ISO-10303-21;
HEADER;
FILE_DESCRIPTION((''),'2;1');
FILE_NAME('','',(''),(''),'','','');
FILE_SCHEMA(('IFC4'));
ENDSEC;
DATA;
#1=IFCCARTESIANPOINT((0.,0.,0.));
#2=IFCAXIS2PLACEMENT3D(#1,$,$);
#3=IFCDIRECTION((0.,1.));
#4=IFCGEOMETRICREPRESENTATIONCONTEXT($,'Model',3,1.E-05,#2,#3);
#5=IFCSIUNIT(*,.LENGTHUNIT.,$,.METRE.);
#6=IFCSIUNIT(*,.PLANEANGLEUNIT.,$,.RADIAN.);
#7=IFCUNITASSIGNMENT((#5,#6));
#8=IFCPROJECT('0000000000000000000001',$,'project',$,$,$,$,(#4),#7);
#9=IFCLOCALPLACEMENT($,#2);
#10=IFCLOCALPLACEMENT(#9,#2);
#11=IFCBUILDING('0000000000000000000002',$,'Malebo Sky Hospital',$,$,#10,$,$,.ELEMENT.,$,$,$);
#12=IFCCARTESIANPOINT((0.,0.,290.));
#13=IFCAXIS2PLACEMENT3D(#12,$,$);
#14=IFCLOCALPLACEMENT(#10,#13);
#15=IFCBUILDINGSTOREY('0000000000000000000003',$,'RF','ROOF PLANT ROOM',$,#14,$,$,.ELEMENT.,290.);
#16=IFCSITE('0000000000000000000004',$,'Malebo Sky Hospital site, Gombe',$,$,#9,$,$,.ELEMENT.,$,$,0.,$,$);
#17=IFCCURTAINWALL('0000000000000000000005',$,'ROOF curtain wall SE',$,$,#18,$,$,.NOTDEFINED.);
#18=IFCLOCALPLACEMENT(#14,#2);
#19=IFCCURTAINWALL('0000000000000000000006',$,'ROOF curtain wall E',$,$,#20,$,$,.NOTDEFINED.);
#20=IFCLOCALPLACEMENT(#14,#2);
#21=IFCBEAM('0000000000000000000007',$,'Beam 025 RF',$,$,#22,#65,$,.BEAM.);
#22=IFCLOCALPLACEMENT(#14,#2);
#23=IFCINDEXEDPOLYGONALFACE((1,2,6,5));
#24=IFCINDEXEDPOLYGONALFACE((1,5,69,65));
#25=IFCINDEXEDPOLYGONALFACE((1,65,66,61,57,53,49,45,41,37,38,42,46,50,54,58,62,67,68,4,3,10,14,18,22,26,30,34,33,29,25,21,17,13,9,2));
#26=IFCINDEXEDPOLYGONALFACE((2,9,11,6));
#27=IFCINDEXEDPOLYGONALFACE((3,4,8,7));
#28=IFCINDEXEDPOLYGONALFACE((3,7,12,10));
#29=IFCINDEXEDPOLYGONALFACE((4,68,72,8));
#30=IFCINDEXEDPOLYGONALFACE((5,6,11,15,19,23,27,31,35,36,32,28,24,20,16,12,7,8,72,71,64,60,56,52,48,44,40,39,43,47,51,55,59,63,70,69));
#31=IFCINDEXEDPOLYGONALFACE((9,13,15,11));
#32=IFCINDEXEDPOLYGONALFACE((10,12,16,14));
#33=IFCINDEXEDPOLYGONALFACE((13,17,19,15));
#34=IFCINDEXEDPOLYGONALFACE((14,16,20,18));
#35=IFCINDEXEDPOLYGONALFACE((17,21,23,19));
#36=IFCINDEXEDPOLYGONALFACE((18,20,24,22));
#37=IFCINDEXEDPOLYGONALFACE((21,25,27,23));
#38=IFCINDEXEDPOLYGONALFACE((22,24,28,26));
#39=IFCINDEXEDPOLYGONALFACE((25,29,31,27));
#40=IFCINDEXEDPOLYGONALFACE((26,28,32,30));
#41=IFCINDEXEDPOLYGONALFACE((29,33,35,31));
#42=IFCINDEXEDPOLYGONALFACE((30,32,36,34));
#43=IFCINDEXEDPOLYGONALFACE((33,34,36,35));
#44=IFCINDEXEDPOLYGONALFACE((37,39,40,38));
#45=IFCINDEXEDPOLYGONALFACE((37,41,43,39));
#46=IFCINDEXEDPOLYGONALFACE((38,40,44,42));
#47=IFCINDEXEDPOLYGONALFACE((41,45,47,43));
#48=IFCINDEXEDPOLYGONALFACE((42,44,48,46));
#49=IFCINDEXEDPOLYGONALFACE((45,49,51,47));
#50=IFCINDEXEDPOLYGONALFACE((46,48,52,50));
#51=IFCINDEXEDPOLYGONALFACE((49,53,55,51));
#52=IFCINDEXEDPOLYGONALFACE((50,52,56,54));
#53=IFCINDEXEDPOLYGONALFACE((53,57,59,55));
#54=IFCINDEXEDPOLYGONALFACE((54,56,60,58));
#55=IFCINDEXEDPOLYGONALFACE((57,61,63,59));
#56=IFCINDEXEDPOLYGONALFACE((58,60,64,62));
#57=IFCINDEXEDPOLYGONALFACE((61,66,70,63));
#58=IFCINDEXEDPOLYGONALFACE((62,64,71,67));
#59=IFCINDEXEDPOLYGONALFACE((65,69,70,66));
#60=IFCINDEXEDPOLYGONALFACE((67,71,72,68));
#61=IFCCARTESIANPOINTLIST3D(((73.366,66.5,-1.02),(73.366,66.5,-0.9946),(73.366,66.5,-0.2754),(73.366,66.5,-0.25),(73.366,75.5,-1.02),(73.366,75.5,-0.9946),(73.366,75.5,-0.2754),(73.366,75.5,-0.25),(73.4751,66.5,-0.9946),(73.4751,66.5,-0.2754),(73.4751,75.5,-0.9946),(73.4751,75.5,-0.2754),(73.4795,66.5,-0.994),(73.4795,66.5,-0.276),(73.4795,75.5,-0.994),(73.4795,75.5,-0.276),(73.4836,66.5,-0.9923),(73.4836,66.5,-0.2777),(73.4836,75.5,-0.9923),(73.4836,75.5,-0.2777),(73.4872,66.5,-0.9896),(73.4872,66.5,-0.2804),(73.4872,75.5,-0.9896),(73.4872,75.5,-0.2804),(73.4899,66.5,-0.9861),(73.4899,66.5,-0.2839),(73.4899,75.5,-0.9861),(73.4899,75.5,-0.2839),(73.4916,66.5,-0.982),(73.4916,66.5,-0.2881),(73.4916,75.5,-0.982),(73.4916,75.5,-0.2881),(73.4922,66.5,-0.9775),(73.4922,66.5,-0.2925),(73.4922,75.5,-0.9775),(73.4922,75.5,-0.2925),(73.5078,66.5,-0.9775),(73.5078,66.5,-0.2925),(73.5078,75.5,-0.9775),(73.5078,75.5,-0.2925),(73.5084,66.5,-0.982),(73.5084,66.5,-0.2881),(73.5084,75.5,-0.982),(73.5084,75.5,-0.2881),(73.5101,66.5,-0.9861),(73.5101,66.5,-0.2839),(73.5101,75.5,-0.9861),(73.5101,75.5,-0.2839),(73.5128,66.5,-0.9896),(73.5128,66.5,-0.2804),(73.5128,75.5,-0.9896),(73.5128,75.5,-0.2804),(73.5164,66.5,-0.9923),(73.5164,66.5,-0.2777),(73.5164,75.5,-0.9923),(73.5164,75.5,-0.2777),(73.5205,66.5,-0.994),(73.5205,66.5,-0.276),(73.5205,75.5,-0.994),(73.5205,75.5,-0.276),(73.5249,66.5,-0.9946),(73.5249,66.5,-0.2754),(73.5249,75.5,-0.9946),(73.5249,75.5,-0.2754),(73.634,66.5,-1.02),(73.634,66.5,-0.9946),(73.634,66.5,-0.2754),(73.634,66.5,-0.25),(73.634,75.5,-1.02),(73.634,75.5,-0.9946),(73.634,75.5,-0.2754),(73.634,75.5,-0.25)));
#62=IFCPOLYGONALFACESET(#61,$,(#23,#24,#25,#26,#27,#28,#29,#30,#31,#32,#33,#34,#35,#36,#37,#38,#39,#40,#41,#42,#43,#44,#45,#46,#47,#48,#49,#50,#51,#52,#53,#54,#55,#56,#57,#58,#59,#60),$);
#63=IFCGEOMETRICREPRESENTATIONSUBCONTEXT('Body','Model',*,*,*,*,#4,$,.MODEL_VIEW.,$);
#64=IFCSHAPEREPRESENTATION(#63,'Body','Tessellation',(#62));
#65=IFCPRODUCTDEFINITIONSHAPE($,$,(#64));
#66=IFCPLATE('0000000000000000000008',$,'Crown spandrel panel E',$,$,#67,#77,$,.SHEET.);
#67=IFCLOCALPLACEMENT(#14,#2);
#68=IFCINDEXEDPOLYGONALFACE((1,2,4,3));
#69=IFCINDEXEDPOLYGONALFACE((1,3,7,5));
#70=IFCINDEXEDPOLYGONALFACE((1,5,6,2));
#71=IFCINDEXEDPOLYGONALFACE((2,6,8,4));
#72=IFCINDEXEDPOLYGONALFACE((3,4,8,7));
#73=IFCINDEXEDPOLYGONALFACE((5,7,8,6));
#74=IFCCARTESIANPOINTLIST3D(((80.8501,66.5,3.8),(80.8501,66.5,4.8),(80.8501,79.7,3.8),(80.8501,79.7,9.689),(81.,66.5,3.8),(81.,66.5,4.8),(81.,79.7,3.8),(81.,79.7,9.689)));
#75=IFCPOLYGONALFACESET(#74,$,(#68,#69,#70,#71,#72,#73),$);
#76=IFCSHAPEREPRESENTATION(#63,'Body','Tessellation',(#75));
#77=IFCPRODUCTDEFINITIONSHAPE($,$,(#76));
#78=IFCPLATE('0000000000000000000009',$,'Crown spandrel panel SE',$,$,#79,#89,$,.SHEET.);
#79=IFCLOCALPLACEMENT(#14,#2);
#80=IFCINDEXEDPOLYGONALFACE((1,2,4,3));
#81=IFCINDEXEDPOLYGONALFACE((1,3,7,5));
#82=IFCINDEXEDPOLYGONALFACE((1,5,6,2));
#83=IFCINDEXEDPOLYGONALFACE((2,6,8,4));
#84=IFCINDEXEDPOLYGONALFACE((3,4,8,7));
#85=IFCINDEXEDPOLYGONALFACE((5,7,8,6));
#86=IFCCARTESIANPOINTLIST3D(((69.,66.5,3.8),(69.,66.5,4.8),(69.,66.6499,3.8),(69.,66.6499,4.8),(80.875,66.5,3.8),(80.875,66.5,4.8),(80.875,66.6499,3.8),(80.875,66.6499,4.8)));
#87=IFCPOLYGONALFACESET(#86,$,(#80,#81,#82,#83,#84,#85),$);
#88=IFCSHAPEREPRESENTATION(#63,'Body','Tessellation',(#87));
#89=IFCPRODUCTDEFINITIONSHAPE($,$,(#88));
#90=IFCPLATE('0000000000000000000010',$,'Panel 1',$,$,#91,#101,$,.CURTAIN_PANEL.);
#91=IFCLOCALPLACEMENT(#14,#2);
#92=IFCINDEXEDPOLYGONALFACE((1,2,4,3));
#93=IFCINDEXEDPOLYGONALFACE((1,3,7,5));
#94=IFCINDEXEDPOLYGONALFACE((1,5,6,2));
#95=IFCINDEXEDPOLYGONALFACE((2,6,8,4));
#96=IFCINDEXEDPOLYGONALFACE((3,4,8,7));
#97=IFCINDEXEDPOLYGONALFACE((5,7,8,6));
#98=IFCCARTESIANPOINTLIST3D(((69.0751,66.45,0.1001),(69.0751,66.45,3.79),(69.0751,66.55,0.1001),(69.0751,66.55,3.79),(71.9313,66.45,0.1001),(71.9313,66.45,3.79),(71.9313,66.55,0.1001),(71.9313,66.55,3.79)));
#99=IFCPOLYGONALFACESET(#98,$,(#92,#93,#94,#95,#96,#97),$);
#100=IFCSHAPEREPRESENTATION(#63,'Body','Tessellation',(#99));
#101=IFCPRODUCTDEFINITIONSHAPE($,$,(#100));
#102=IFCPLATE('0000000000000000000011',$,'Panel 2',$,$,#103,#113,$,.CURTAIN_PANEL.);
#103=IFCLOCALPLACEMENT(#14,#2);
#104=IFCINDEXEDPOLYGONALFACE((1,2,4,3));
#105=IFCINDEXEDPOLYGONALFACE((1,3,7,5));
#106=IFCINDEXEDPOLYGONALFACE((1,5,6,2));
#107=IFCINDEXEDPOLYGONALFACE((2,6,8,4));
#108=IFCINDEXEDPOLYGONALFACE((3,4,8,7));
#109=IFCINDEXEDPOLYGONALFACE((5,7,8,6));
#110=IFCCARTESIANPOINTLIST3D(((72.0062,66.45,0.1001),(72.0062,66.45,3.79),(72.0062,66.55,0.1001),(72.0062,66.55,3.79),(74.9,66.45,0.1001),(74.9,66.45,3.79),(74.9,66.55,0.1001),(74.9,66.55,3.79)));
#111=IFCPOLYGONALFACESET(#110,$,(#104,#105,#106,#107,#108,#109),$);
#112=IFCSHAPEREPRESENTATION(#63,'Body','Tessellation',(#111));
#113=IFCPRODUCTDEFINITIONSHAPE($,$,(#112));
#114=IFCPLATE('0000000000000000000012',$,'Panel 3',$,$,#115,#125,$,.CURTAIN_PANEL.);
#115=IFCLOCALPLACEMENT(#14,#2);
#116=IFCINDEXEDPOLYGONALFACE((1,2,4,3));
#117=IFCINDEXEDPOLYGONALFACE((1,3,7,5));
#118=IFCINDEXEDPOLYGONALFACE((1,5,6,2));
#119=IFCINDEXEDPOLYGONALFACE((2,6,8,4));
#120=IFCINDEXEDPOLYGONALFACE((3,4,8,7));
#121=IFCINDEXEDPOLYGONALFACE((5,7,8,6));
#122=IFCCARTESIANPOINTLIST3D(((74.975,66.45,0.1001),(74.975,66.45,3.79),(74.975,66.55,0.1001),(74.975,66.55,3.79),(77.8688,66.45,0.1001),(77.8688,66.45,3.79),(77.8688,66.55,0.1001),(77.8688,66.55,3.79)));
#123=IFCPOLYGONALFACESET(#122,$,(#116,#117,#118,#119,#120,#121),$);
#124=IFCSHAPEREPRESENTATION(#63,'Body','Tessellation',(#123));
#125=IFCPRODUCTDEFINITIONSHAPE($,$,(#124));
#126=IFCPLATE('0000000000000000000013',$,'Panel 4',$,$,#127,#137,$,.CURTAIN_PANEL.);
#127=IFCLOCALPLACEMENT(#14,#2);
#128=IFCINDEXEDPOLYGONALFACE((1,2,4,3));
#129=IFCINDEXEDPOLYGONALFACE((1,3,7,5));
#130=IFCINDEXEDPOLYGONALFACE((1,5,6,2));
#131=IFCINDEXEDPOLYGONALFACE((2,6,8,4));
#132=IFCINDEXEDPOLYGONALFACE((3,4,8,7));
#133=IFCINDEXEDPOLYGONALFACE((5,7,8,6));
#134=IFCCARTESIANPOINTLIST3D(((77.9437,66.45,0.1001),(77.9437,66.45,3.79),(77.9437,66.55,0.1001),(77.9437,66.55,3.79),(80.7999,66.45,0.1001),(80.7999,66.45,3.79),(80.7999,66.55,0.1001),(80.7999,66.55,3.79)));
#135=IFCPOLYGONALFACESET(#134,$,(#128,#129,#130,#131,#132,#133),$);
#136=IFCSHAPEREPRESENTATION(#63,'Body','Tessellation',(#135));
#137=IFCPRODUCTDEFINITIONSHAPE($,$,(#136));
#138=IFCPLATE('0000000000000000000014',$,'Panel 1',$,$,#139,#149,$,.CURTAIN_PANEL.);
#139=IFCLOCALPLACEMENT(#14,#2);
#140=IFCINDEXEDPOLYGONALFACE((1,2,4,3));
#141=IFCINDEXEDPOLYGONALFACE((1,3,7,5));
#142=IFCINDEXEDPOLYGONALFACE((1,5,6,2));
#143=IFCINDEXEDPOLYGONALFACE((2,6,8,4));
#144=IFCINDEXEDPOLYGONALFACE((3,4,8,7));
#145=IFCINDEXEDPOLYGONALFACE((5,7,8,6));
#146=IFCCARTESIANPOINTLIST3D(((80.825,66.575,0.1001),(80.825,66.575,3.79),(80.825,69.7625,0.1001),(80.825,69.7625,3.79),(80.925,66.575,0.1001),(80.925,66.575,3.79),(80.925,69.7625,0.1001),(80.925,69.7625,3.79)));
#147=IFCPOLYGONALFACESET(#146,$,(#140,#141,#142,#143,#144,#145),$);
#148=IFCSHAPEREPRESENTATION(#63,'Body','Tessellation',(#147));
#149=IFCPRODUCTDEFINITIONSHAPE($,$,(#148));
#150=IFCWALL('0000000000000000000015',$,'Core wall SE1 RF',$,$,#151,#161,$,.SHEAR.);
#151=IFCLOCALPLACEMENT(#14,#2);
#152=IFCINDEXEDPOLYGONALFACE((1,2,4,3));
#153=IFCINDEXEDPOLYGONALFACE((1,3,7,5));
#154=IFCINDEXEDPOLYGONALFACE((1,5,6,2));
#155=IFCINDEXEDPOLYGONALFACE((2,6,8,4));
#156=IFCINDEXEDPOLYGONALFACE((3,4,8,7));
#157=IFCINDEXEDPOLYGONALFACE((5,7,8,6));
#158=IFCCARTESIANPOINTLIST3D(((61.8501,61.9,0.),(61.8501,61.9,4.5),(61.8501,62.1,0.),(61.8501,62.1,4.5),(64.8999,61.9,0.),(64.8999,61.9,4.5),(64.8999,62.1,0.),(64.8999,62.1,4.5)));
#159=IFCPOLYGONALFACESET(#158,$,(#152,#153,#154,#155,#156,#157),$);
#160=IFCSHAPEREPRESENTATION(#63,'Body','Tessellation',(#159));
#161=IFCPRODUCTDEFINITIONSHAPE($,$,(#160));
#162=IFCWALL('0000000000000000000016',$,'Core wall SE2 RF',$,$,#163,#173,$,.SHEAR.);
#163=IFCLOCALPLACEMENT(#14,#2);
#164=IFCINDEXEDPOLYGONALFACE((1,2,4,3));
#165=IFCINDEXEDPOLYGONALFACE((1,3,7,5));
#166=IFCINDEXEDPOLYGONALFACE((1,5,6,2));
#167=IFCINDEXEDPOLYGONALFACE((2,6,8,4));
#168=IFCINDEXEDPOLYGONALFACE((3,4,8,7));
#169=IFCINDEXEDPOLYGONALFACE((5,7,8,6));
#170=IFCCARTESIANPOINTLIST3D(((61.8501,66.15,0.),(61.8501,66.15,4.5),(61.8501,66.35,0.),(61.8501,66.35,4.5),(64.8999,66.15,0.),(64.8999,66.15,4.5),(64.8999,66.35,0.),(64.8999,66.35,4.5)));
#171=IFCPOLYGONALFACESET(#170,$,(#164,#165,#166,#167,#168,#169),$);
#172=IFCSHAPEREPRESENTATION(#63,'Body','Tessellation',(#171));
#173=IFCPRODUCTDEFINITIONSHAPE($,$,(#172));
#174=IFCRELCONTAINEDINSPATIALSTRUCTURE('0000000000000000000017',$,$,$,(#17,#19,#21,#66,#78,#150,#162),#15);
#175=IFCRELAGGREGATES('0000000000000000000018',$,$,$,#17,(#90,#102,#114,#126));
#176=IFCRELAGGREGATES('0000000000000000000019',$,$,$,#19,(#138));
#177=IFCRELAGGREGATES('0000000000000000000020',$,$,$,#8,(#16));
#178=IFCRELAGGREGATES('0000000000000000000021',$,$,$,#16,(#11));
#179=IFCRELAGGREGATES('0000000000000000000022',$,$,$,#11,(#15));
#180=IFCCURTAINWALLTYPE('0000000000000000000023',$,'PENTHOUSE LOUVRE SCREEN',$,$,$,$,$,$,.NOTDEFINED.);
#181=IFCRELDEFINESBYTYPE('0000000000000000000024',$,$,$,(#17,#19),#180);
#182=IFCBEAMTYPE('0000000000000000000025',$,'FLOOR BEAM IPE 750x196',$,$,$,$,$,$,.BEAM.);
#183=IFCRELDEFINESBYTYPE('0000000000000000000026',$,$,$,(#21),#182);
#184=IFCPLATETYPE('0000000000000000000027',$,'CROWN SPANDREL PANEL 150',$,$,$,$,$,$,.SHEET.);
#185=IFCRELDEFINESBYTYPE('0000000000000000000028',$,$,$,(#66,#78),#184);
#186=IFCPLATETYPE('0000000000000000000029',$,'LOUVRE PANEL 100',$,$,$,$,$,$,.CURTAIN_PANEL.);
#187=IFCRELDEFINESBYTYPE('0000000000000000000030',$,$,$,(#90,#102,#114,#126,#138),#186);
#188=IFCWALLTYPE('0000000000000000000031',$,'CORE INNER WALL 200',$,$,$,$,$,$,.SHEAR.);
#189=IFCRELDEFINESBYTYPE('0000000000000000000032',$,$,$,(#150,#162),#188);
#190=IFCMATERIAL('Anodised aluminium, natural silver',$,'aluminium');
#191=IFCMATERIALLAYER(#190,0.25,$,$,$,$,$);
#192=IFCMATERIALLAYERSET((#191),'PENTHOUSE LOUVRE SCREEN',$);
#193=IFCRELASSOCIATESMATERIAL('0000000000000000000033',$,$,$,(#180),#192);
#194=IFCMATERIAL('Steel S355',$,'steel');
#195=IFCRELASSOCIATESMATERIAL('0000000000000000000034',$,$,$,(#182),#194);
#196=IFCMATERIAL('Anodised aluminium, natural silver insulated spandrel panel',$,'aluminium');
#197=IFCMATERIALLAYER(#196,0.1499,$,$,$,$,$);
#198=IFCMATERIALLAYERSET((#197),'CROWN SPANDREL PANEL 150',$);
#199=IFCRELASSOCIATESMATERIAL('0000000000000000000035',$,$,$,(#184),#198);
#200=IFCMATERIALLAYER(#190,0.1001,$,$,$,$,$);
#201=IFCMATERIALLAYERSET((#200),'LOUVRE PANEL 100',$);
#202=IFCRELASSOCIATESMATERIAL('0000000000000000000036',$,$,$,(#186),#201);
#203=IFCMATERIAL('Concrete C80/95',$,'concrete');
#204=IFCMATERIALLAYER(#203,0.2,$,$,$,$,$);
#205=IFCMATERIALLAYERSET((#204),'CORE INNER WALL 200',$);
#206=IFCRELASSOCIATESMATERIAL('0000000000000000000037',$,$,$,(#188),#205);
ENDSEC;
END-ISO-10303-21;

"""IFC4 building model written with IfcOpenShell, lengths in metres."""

from ifc_helpers import new_model, si_unit, direction, frame, frame_2d, origin, origin_2d, place, context, subcontext, project, spatial, polyline, rectangle, i_section, outline, extrude, material, layer, layer_set, material_profile, profile_set, type_object, element, aggregate, save


model = new_model("IFC4")

# Units and contexts
model_context = context("Model", 3, precision=1e-05, world=origin(), true_north=direction((0.0, 1.0)))
body_context = subcontext(model_context, "Body", "Model", "MODEL_VIEW")
ifc_project = project(units=[si_unit("LENGTHUNIT", "METRE"), si_unit("PLANEANGLEUNIT", "RADIAN")], contexts=[model_context])

# Site, building, storey
site_placement = place(None, origin())
site = spatial("IfcSite", under=ifc_project, at=site_placement, Name="Malebo Sky Hospital site, Gombe", CompositionType="ELEMENT", RefElevation=0.0)
building_placement = place(site_placement, origin())
building = spatial("IfcBuilding", under=site, at=building_placement, Name="Malebo Sky Hospital", CompositionType="ELEMENT")
storey_placement = place(building_placement, frame((0.0, 0.0, 290.0)))
storey = spatial("IfcBuildingStorey", under=building, at=storey_placement, Name="RF", Description="ROOF PLANT ROOM", CompositionType="ELEMENT", Elevation=290.0)

# Shared definitions
ifc_material_1 = material(Name="Steel S355", Category="steel")

# Curtain wall
ifc_material_2 = material(Name="Anodised aluminium, natural silver", Category="aluminium")
ifc_layer_1 = layer(ifc_material_2, 0.25)
ifc_layer_set_1 = layer_set([ifc_layer_1], Name="PENTHOUSE LOUVRE SCREEN")
curtain_wall_type = type_object("IfcCurtainWallType", Name="PENTHOUSE LOUVRE SCREEN", PredefinedType="NOTDEFINED", material=ifc_layer_set_1)
curtain_wall_1_placement = place(storey_placement, origin())
curtain_wall_1 = element("IfcCurtainWall", 1, at=curtain_wall_1_placement, inside=storey, type_object=curtain_wall_type, Name="ROOF curtain wall SE", PredefinedType="NOTDEFINED")

# Curtain wall
curtain_wall_2_placement = place(storey_placement, origin())
curtain_wall_2 = element("IfcCurtainWall", 2, at=curtain_wall_2_placement, inside=storey, type_object=curtain_wall_type, Name="ROOF curtain wall E", PredefinedType="NOTDEFINED")

# Beam
ifc_material_profile_1 = material_profile(ifc_material_1, i_section(OverallWidth=0.2681, OverallDepth=0.77, WebThickness=0.0156, FlangeThickness=0.0254, FilletRadius=0.0171, at=origin_2d()), Name="IPE 750x196")
ifc_profile_set_1 = profile_set([ifc_material_profile_1], Name="Steel S355")
beam_type_1 = type_object("IfcBeamType", Name="FLOOR BEAM IPE 750x196", PredefinedType="BEAM", material=ifc_profile_set_1)
beam_1_placement = place(storey_placement, frame((73.5, 66.5, -0.635), z_axis=(0.0, 1.0, 0.0), x_axis=(-1.0, 0.0, 0.0)))
element("IfcBeam", 3, at=beam_1_placement, inside=storey, type_object=beam_type_1, Name="Beam 025 RF", PredefinedType="BEAM", context=body_context, shape_type="SweptSolid", body=[
    extrude(i_section(OverallWidth=0.2681, OverallDepth=0.77, WebThickness=0.0156, FlangeThickness=0.0254, FilletRadius=0.0171, at=origin_2d()), origin(), (0.0, 0.0, 1.0), 9.0),
])

# Plates
ifc_material_3 = material(Name="Anodised aluminium, natural silver insulated spandrel panel", Category="aluminium")
ifc_layer_2 = layer(ifc_material_3, 0.1499)
ifc_layer_set_2 = layer_set([ifc_layer_2], Name="CROWN SPANDREL PANEL 150")
plate_type_1 = type_object("IfcPlateType", Name="CROWN SPANDREL PANEL 150", PredefinedType="SHEET", material=ifc_layer_set_2)
plate_1_placement = place(storey_placement, frame((81.0, 66.5, 3.8), z_axis=(1.0, 0.0, 0.0), x_axis=(0.0, 1.0, 0.0)))
element("IfcPlate", 4, at=plate_1_placement, inside=storey, type_object=plate_type_1, Name="Crown spandrel panel E", PredefinedType="SHEET", context=body_context, shape_type="SweptSolid", body=[
    extrude(outline(polyline([(0.0, 0.0), (13.2, 0.0), (13.2, 5.8889), (0.0, 1.0), (0.0, 0.0)])), origin(), (0.0, 0.0, -1.0), 0.1499),
])
plate_2_placement = place(storey_placement, frame((69.0, 66.5, 3.8), z_axis=(0.0, -1.0, 0.0), x_axis=(1.0, 0.0, 0.0)))
element("IfcPlate", 5, at=plate_2_placement, inside=storey, type_object=plate_type_1, Name="Crown spandrel panel SE", PredefinedType="SHEET", context=body_context, shape_type="SweptSolid", body=[
    extrude(outline(polyline([(0.0, 0.0), (11.875, 0.0), (11.875, 1.0), (0.0, 1.0), (0.0, 0.0)])), origin(), (0.0, 0.0, -1.0), 0.1499),
])

# Plates
ifc_layer_3 = layer(ifc_material_2, 0.1001)
ifc_layer_set_3 = layer_set([ifc_layer_3], Name="LOUVRE PANEL 100")
plate_type_2 = type_object("IfcPlateType", Name="LOUVRE PANEL 100", PredefinedType="CURTAIN_PANEL", material=ifc_layer_set_3)
plate_3_placement = place(storey_placement, frame((70.5032, 66.5, 0.1001), z_axis=(0.0, 0.0, 1.0), x_axis=(1.0, 0.0, 0.0)))
plate_3 = element("IfcPlate", 6, at=plate_3_placement, type_object=plate_type_2, Name="Panel 1", PredefinedType="CURTAIN_PANEL", context=body_context, shape_type="SweptSolid", body=[
    extrude(rectangle(XDim=2.8562, YDim=0.1001, at=origin_2d()), origin(), (0.0, 0.0, 1.0), 3.6899),
])
plate_4_placement = place(storey_placement, frame((73.4531, 66.5, 0.1001), z_axis=(0.0, 0.0, 1.0), x_axis=(1.0, 0.0, 0.0)))
plate_4 = element("IfcPlate", 7, at=plate_4_placement, type_object=plate_type_2, Name="Panel 2", PredefinedType="CURTAIN_PANEL", context=body_context, shape_type="SweptSolid", body=[
    extrude(rectangle(XDim=2.8938, YDim=0.1001, at=origin_2d()), origin(), (0.0, 0.0, 1.0), 3.6899),
])
plate_5_placement = place(storey_placement, frame((76.4219, 66.5, 0.1001), z_axis=(0.0, 0.0, 1.0), x_axis=(1.0, 0.0, 0.0)))
plate_5 = element("IfcPlate", 8, at=plate_5_placement, type_object=plate_type_2, Name="Panel 3", PredefinedType="CURTAIN_PANEL", context=body_context, shape_type="SweptSolid", body=[
    extrude(rectangle(XDim=2.8938, YDim=0.1001, at=origin_2d()), origin(), (0.0, 0.0, 1.0), 3.6899),
])
plate_6_placement = place(storey_placement, frame((79.3718, 66.5, 0.1001), z_axis=(0.0, 0.0, 1.0), x_axis=(1.0, 0.0, 0.0)))
plate_6 = element("IfcPlate", 9, at=plate_6_placement, type_object=plate_type_2, Name="Panel 4", PredefinedType="CURTAIN_PANEL", context=body_context, shape_type="SweptSolid", body=[
    extrude(rectangle(XDim=2.8562, YDim=0.1001, at=origin_2d()), origin(), (0.0, 0.0, 1.0), 3.6899),
])
aggregate(curtain_wall_1, [plate_3, plate_4, plate_5, plate_6])
plate_7_placement = place(storey_placement, frame((80.875, 68.1687, 0.1001), z_axis=(0.0, 0.0, 1.0), x_axis=(0.0, 1.0, 0.0)))
plate_7 = element("IfcPlate", 10, at=plate_7_placement, type_object=plate_type_2, Name="Panel 1", PredefinedType="CURTAIN_PANEL", context=body_context, shape_type="SweptSolid", body=[
    extrude(rectangle(XDim=3.1875, YDim=0.1001, at=origin_2d()), origin(), (0.0, 0.0, 1.0), 3.6899),
])
aggregate(curtain_wall_2, [plate_7])

# Walls
ifc_material_4 = material(Name="Concrete C80/95", Category="concrete")
ifc_layer_4 = layer(ifc_material_4, 0.2)
ifc_layer_set_4 = layer_set([ifc_layer_4], Name="CORE INNER WALL 200")
wall_type_1 = type_object("IfcWallType", Name="CORE INNER WALL 200", PredefinedType="SHEAR", material=ifc_layer_set_4)
for number, where, z_axis, x_axis, name in (
    (11, (61.8501, 62.0, 0.0), (0.0, 0.0, 1.0), (1.0, 0.0, 0.0), "Core wall SE1 RF"),
    (12, (61.8501, 66.25, 0.0), (0.0, 0.0, 1.0), (1.0, 0.0, 0.0), "Core wall SE2 RF"),
):
    element("IfcWall", number, at=place(storey_placement, frame(where, z_axis=z_axis, x_axis=x_axis)), inside=storey, type_object=wall_type_1, Name=name, PredefinedType="SHEAR", context=body_context, shape_type="SweptSolid", body=[
        extrude(rectangle(XDim=3.0498, YDim=0.2, at=frame_2d((1.5249, 0.0))), origin(), (0.0, 0.0, 1.0), 4.5),
    ])

save(model, "model.ifc")
